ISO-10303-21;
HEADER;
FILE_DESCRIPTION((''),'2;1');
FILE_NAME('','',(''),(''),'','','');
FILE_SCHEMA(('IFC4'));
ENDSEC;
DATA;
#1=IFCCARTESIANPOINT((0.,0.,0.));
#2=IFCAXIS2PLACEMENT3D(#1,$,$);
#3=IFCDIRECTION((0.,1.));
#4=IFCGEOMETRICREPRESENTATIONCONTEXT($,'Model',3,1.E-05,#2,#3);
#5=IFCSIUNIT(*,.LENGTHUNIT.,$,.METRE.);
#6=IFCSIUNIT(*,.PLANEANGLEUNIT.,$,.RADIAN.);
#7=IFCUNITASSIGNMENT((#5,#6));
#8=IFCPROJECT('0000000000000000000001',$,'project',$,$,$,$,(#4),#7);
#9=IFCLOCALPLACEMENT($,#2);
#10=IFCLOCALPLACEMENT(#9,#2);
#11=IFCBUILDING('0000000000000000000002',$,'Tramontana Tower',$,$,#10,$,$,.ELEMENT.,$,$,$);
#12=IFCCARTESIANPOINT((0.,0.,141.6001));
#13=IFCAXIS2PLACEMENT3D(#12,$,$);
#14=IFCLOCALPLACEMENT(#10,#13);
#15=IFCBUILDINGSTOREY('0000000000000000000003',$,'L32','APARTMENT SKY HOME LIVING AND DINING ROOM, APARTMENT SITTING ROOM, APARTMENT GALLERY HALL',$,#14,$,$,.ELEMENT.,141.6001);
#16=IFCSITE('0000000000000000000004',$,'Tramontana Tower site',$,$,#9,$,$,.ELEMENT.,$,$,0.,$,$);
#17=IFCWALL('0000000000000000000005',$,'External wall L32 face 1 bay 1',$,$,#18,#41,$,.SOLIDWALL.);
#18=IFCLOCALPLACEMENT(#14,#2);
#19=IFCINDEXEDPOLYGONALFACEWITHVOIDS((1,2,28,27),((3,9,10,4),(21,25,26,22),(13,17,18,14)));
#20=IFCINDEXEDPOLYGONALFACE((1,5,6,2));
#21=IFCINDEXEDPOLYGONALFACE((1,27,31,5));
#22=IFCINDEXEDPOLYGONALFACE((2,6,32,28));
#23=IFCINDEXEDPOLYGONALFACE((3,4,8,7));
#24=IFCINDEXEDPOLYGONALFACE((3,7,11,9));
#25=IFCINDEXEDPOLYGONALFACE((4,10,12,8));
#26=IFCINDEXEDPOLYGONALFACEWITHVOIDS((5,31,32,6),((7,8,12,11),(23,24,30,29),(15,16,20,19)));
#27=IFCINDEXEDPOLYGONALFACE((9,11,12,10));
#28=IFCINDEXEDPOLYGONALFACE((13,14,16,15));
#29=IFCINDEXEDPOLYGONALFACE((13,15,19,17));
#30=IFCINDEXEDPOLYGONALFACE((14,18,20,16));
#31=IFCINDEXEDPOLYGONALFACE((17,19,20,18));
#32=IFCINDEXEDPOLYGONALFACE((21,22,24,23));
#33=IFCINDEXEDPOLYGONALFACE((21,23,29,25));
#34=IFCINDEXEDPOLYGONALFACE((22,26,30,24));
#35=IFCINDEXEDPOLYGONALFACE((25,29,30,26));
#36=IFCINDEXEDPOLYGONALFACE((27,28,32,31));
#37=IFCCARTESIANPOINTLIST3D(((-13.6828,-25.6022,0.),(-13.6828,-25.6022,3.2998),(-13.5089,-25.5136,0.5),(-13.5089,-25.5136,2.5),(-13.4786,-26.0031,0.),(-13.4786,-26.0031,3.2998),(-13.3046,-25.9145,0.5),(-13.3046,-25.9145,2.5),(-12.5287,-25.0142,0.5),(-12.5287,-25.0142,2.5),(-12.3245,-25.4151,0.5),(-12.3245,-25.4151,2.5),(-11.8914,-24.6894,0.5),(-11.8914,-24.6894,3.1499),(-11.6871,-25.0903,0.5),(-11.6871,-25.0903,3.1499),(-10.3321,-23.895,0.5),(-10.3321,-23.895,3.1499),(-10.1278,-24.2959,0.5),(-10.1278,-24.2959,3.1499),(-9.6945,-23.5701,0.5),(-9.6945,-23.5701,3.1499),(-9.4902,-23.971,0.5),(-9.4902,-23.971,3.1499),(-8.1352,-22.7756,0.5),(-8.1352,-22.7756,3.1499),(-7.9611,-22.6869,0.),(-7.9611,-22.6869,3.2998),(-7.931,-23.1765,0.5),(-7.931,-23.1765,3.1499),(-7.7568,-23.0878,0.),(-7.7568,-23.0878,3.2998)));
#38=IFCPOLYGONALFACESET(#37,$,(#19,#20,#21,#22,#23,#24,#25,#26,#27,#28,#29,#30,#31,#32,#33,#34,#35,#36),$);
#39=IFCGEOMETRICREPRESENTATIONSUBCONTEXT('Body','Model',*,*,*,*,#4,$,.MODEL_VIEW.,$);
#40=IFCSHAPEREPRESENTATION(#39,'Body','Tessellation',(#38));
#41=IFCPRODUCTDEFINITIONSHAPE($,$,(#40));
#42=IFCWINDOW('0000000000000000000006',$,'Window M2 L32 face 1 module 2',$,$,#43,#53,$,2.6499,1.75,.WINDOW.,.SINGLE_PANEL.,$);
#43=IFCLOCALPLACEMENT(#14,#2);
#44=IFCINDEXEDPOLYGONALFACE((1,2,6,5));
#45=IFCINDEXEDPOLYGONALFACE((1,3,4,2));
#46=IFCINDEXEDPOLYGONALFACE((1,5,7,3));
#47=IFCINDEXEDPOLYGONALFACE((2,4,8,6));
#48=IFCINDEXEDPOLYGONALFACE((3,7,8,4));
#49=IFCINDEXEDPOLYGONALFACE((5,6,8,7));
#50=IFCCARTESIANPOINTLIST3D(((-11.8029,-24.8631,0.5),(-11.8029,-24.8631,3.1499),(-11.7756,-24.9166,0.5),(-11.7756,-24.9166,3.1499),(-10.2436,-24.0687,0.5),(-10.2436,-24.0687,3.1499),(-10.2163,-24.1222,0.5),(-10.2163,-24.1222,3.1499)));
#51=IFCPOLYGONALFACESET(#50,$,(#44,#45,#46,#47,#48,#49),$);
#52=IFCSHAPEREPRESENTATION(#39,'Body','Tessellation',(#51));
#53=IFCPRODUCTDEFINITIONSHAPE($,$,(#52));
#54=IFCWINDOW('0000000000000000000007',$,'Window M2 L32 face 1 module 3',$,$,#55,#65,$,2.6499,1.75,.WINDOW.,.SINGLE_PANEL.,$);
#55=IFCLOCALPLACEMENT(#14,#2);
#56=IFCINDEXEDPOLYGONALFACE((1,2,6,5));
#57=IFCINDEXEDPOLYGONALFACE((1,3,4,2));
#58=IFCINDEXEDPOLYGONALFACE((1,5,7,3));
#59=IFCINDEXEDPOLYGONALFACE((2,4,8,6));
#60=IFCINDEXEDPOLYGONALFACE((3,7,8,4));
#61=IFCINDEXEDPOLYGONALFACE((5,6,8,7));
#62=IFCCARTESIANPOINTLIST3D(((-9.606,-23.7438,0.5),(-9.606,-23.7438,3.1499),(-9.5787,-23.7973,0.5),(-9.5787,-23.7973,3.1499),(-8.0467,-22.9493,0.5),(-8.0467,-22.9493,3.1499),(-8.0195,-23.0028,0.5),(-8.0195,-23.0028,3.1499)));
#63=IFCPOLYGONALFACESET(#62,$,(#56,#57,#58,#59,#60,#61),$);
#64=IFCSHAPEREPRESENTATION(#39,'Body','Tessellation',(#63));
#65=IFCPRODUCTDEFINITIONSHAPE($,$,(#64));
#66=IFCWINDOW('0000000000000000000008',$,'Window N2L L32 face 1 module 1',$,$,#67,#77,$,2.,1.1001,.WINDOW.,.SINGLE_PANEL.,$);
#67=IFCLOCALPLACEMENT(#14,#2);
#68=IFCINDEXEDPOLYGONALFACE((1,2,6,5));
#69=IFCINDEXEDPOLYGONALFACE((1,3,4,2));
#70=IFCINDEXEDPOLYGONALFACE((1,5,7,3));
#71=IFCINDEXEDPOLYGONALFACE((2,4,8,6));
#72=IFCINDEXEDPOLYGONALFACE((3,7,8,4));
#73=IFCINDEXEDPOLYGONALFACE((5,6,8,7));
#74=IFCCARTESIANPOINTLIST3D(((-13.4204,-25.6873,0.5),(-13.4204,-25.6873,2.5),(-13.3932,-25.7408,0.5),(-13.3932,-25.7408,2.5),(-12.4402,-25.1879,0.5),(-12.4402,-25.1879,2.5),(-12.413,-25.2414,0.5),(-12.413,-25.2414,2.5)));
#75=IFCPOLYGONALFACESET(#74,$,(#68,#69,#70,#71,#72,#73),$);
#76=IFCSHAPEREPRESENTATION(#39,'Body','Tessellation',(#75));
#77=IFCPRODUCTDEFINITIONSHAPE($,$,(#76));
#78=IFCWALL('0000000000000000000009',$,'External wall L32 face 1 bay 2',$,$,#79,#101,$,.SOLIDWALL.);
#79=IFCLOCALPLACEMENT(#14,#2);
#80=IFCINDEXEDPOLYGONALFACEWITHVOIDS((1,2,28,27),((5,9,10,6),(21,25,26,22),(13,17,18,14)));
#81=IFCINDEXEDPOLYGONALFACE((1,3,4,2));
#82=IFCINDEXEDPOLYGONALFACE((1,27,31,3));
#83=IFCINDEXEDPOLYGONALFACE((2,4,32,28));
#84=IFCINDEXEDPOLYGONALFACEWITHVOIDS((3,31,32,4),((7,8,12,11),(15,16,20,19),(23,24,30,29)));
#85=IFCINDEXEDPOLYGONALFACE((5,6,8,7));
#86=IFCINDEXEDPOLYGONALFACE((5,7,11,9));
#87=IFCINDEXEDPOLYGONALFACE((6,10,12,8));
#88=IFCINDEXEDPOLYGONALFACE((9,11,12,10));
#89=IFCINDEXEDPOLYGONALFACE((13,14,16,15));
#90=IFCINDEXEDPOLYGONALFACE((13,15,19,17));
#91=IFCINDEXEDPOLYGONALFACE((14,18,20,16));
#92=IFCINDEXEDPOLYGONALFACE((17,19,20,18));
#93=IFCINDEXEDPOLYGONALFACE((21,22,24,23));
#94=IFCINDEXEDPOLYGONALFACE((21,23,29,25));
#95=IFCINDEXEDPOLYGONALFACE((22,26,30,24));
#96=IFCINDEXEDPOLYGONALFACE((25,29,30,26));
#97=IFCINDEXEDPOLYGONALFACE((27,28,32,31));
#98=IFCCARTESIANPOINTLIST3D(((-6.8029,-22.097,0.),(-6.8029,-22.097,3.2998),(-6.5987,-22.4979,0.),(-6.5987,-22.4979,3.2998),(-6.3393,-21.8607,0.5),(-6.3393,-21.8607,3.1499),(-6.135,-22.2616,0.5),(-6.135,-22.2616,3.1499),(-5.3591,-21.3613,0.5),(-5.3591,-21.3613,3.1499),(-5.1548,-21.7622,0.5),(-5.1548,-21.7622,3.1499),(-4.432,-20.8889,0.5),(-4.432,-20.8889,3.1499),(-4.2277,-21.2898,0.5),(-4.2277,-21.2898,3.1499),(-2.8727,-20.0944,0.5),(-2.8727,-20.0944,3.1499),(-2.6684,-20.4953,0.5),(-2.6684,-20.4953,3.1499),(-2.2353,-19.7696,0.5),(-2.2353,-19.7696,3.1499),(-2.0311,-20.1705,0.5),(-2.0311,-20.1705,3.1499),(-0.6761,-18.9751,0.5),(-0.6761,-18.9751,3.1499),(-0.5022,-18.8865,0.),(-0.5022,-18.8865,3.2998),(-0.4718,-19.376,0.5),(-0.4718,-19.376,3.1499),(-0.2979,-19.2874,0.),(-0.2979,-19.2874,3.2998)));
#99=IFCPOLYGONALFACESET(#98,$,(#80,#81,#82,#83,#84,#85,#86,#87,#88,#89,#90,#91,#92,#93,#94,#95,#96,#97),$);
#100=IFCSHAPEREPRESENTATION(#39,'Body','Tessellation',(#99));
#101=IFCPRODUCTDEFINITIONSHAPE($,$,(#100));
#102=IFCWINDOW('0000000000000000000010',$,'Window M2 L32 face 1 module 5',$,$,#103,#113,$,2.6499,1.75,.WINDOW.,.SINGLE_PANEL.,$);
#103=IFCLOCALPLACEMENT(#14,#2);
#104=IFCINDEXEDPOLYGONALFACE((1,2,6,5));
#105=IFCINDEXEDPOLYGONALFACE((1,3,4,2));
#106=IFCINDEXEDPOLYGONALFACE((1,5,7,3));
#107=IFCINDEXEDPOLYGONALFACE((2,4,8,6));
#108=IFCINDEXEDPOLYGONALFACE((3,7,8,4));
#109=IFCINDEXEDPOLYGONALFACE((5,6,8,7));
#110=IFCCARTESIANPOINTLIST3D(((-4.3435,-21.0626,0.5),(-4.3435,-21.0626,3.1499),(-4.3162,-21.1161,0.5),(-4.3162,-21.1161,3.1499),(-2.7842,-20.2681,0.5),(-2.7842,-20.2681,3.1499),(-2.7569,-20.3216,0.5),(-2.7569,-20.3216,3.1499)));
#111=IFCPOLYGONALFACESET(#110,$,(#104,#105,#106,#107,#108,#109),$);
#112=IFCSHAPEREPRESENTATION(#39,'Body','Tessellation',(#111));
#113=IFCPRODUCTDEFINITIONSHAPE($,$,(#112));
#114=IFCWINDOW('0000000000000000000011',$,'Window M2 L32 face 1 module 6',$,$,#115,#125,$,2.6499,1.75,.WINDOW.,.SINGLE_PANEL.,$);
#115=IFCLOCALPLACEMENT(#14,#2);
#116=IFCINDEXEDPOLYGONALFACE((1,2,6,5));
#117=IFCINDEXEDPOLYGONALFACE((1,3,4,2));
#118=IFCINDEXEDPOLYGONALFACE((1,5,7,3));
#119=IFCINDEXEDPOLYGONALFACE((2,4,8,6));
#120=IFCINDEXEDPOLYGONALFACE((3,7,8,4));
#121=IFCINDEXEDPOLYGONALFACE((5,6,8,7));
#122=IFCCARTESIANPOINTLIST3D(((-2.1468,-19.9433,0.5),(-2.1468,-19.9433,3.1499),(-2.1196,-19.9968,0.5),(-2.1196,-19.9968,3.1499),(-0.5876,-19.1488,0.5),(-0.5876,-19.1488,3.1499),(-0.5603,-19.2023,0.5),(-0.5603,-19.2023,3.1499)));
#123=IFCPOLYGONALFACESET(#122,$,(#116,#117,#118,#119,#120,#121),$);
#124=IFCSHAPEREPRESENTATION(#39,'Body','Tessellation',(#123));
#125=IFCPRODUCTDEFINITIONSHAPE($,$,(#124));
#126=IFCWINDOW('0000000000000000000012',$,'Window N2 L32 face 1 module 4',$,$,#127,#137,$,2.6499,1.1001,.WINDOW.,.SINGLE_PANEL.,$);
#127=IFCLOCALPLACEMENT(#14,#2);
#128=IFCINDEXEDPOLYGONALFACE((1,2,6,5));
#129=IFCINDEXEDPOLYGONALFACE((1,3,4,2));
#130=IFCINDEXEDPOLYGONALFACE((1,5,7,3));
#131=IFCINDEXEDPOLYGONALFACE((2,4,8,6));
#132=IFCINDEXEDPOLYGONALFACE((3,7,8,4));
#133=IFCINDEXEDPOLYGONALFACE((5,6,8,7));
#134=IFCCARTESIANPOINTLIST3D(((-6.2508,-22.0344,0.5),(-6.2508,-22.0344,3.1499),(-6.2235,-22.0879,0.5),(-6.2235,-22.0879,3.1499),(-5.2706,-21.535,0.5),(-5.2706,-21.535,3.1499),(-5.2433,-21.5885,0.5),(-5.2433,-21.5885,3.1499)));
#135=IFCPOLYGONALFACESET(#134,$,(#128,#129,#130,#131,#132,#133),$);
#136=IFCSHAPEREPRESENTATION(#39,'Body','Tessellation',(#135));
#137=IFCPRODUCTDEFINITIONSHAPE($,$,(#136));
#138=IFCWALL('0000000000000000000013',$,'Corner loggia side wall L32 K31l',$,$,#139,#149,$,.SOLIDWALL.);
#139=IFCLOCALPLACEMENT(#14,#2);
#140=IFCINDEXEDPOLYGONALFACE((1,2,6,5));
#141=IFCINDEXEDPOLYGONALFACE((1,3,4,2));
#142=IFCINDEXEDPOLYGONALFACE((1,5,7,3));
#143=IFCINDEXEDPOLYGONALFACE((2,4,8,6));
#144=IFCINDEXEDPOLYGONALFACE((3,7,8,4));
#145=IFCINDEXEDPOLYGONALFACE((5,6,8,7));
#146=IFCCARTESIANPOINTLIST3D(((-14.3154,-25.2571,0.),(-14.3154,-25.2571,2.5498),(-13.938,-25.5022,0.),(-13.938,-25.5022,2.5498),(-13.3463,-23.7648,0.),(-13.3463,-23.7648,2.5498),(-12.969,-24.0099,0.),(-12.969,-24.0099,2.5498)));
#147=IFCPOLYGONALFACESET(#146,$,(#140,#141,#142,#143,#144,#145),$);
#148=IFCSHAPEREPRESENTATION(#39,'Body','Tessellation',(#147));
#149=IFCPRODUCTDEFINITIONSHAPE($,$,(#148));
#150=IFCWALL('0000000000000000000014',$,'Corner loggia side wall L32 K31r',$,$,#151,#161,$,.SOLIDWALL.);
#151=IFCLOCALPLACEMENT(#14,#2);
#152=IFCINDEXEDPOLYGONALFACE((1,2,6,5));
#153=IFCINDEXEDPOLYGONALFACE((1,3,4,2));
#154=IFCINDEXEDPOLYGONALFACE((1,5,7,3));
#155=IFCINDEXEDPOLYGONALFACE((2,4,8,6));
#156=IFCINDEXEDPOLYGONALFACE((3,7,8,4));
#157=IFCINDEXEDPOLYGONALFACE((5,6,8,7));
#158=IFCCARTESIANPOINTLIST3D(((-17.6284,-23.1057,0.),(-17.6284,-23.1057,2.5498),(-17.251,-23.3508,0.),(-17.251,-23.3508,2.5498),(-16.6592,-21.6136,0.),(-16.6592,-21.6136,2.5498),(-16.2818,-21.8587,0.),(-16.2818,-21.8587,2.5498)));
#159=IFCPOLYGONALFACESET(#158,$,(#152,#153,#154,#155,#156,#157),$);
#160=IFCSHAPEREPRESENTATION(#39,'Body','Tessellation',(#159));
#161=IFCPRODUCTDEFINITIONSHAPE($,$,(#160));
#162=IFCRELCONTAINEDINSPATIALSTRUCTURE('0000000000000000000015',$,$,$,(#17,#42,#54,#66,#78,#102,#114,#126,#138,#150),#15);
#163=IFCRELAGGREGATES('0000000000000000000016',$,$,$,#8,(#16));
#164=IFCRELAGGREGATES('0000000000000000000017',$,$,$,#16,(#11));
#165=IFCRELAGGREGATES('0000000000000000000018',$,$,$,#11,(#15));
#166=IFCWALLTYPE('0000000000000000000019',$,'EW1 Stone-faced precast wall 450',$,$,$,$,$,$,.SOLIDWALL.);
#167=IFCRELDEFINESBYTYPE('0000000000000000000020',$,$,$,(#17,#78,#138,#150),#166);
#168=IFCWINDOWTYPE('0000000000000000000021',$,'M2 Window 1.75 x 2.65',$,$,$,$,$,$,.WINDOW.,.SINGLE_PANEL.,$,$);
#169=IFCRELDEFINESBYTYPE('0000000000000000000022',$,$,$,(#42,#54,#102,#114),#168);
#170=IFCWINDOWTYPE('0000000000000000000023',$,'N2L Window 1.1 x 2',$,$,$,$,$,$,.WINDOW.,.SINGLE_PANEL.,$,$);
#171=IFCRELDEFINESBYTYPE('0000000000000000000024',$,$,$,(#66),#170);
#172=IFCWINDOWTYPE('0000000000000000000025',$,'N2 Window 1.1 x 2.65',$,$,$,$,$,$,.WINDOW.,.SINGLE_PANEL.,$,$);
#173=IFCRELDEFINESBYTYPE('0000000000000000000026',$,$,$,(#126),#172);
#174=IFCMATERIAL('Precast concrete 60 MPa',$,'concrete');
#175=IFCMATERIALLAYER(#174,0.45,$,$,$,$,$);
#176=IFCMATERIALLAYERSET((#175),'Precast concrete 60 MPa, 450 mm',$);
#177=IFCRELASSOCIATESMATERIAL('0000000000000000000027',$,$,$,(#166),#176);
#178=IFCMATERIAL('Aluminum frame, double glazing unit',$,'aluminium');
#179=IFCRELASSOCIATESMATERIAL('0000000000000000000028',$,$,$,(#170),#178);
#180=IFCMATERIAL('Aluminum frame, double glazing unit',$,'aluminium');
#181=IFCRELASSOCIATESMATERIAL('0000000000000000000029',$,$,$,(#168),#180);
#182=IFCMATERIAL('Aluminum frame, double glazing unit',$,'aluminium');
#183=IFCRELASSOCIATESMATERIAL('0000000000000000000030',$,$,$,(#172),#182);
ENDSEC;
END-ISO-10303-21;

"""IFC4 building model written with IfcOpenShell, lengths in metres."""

from ifc_helpers import new_model, si_unit, direction, frame, frame_2d, origin, place, context, subcontext, project, spatial, rectangle, extrude, material, layer, layer_set, type_object, element, fill, save


model = new_model("IFC4")

# Units and contexts
model_context = context("Model", 3, precision=1e-05, world=origin(), true_north=direction((0.0, 1.0)))
body_context = subcontext(model_context, "Body", "Model", "MODEL_VIEW")
ifc_project = project(units=[si_unit("LENGTHUNIT", "METRE"), si_unit("PLANEANGLEUNIT", "RADIAN")], contexts=[model_context])

# Site, building, storey
site_placement = place(None, origin())
site = spatial("IfcSite", under=ifc_project, at=site_placement, Name="Tramontana Tower site", CompositionType="ELEMENT", RefElevation=0.0)
building_placement = place(site_placement, origin())
building = spatial("IfcBuilding", under=site, at=building_placement, Name="Tramontana Tower", CompositionType="ELEMENT")
storey_placement = place(building_placement, frame((0.0, 0.0, 141.6001)))
storey = spatial("IfcBuildingStorey", under=building, at=storey_placement, Name="L32", Description="APARTMENT SKY HOME LIVING AND DINING ROOM, APARTMENT SITTING ROOM, APARTMENT GALLERY HALL", CompositionType="ELEMENT", Elevation=141.6001)

# Shared definitions
ifc_material_1 = material(Name="Precast concrete 60 MPa", Category="concrete")
ifc_layer_1 = layer(ifc_material_1, 0.45)
ifc_layer_set_1 = layer_set([ifc_layer_1], Name="Precast concrete 60 MPa, 450 mm")
wall_type_1 = type_object("IfcWallType", Name="EW1 Stone-faced precast wall 450", PredefinedType="SOLIDWALL", material=ifc_layer_set_1)
ifc_material_2 = material(Name="Aluminum frame, double glazing unit", Category="aluminium")
window_type_1 = type_object("IfcWindowType", Name="N2L Window 1.1 x 2", PartitioningType="SINGLE_PANEL", PredefinedType="WINDOW", material=ifc_material_2)

# Walls, openings, windows
wall_1_placement = place(storey_placement, frame((-13.5808, -25.8027, 0.0), z_axis=(0.0, 0.0, 1.0), x_axis=(0.89101, 0.453983, 0.0)))
wall_1 = element("IfcWall", 1, at=wall_1_placement, inside=storey, type_object=wall_type_1, Name="External wall L32 face 1 bay 1", PredefinedType="SOLIDWALL", context=body_context, shape_type="SweptSolid", body=[
    extrude(rectangle(XDim=6.4216, YDim=0.45, at=frame_2d((3.2109, 0.0))), origin(), (0.0, 0.0, 1.0), 3.2998),
])
opening_1_placement = place(wall_1_placement, frame((0.1953, 0.0, 0.5)))
opening_1 = element("IfcOpeningElement", 2, at=opening_1_placement, cuts=wall_1, PredefinedType="OPENING", context=body_context, shape_type="SweptSolid", body=[
    extrude(rectangle(XDim=1.1001, YDim=2.0, at=frame_2d((0.55, 1.0))), frame((0.0, 0.2349, 0.0), z_axis=(0.0, -1.0, 0.0), x_axis=(1.0, 0.0, 0.0)), (0.0, 0.0, 1.0), 0.47),
])
opening_2_placement = place(wall_1_placement, frame((2.0107, 0.0, 0.5)))
opening_2 = element("IfcOpeningElement", 3, at=opening_2_placement, cuts=wall_1, PredefinedType="OPENING", context=body_context, shape_type="SweptSolid", body=[
    extrude(rectangle(XDim=1.75, YDim=2.6499, at=frame_2d((0.875, 1.325))), frame((0.0, 0.2349, 0.0), z_axis=(0.0, -1.0, 0.0), x_axis=(1.0, 0.0, 0.0)), (0.0, 0.0, 1.0), 0.47),
])
opening_3_placement = place(wall_1_placement, frame((4.4763, 0.0, 0.5)))
opening_3 = element("IfcOpeningElement", 4, at=opening_3_placement, cuts=wall_1, PredefinedType="OPENING", context=body_context, shape_type="SweptSolid", body=[
    extrude(rectangle(XDim=1.75, YDim=2.6499, at=frame_2d((0.875, 1.325))), frame((0.0, 0.2349, 0.0), z_axis=(0.0, -1.0, 0.0), x_axis=(1.0, 0.0, 0.0)), (0.0, 0.0, 1.0), 0.47),
])
ifc_material_3 = material(Name="Aluminum frame, double glazing unit", Category="aluminium")
window_type_2 = type_object("IfcWindowType", Name="M2 Window 1.75 x 2.65", PartitioningType="SINGLE_PANEL", PredefinedType="WINDOW", material=ifc_material_3)
window_1_placement = place(opening_2_placement, origin())
window_1 = element("IfcWindow", 5, at=window_1_placement, inside=storey, type_object=window_type_2, Name="Window M2 L32 face 1 module 2", OverallHeight=2.6499, OverallWidth=1.75, PartitioningType="SINGLE_PANEL", PredefinedType="WINDOW", context=body_context, shape_type="SweptSolid", body=[
    extrude(rectangle(XDim=1.75, YDim=2.6499, at=frame_2d((0.875, 1.325))), frame((0.0, 0.03, 0.0), z_axis=(0.0, -1.0, 0.0), x_axis=(1.0, 0.0, 0.0)), (0.0, 0.0, 1.0), 0.0601),
])
fill(opening_2, window_1)
window_2_placement = place(opening_3_placement, origin())
window_2 = element("IfcWindow", 6, at=window_2_placement, inside=storey, type_object=window_type_2, Name="Window M2 L32 face 1 module 3", OverallHeight=2.6499, OverallWidth=1.75, PartitioningType="SINGLE_PANEL", PredefinedType="WINDOW", context=body_context, shape_type="SweptSolid", body=[
    extrude(rectangle(XDim=1.75, YDim=2.6499, at=frame_2d((0.875, 1.325))), frame((0.0, 0.03, 0.0), z_axis=(0.0, -1.0, 0.0), x_axis=(1.0, 0.0, 0.0)), (0.0, 0.0, 1.0), 0.0601),
])
fill(opening_3, window_2)
window_3_placement = place(opening_1_placement, origin())
window_3 = element("IfcWindow", 7, at=window_3_placement, inside=storey, type_object=window_type_1, Name="Window N2L L32 face 1 module 1", OverallHeight=2.0, OverallWidth=1.1001, PartitioningType="SINGLE_PANEL", PredefinedType="WINDOW", context=body_context, shape_type="SweptSolid", body=[
    extrude(rectangle(XDim=1.1001, YDim=2.0, at=frame_2d((0.55, 1.0))), frame((0.0, 0.03, 0.0), z_axis=(0.0, -1.0, 0.0), x_axis=(1.0, 0.0, 0.0)), (0.0, 0.0, 1.0), 0.0601),
])
fill(opening_1, window_3)
wall_2_placement = place(storey_placement, frame((-6.7007, -22.2974, 0.0), z_axis=(0.0, 0.0, 1.0), x_axis=(0.891004, 0.453995, 0.0)))
wall_2 = element("IfcWall", 8, at=wall_2_placement, inside=storey, type_object=wall_type_1, Name="External wall L32 face 1 bay 2", PredefinedType="SOLIDWALL", context=body_context, shape_type="SweptSolid", body=[
    extrude(rectangle(XDim=7.0715, YDim=0.45, at=frame_2d((3.5356, 0.0))), origin(), (0.0, 0.0, 1.0), 3.2998),
])
opening_4_placement = place(wall_2_placement, frame((0.5203, 0.0, 0.5)))
opening_4 = element("IfcOpeningElement", 9, at=opening_4_placement, cuts=wall_2, PredefinedType="OPENING", context=body_context, shape_type="SweptSolid", body=[
    extrude(rectangle(XDim=1.1001, YDim=2.6499, at=frame_2d((0.55, 1.325))), frame((0.0, 0.2349, 0.0), z_axis=(0.0, -1.0, 0.0), x_axis=(1.0, 0.0, 0.0)), (0.0, 0.0, 1.0), 0.47),
])
opening_5_placement = place(wall_2_placement, frame((2.6609, 0.0, 0.5)))
opening_5 = element("IfcOpeningElement", 10, at=opening_5_placement, cuts=wall_2, PredefinedType="OPENING", context=body_context, shape_type="SweptSolid", body=[
    extrude(rectangle(XDim=1.75, YDim=2.6499, at=frame_2d((0.875, 1.325))), frame((0.0, 0.2349, 0.0), z_axis=(0.0, -1.0, 0.0), x_axis=(1.0, 0.0, 0.0)), (0.0, 0.0, 1.0), 0.47),
])
opening_6_placement = place(wall_2_placement, frame((5.1262, 0.0, 0.5)))
opening_6 = element("IfcOpeningElement", 11, at=opening_6_placement, cuts=wall_2, PredefinedType="OPENING", context=body_context, shape_type="SweptSolid", body=[
    extrude(rectangle(XDim=1.75, YDim=2.6499, at=frame_2d((0.875, 1.325))), frame((0.0, 0.2349, 0.0), z_axis=(0.0, -1.0, 0.0), x_axis=(1.0, 0.0, 0.0)), (0.0, 0.0, 1.0), 0.47),
])
window_4_placement = place(opening_5_placement, origin())
window_4 = element("IfcWindow", 12, at=window_4_placement, inside=storey, type_object=window_type_2, Name="Window M2 L32 face 1 module 5", OverallHeight=2.6499, OverallWidth=1.75, PartitioningType="SINGLE_PANEL", PredefinedType="WINDOW", context=body_context, shape_type="SweptSolid", body=[
    extrude(rectangle(XDim=1.75, YDim=2.6499, at=frame_2d((0.875, 1.325))), frame((0.0, 0.03, 0.0), z_axis=(0.0, -1.0, 0.0), x_axis=(1.0, 0.0, 0.0)), (0.0, 0.0, 1.0), 0.0601),
])
fill(opening_5, window_4)
window_5_placement = place(opening_6_placement, origin())
window_5 = element("IfcWindow", 13, at=window_5_placement, inside=storey, type_object=window_type_2, Name="Window M2 L32 face 1 module 6", OverallHeight=2.6499, OverallWidth=1.75, PartitioningType="SINGLE_PANEL", PredefinedType="WINDOW", context=body_context, shape_type="SweptSolid", body=[
    extrude(rectangle(XDim=1.75, YDim=2.6499, at=frame_2d((0.875, 1.325))), frame((0.0, 0.03, 0.0), z_axis=(0.0, -1.0, 0.0), x_axis=(1.0, 0.0, 0.0)), (0.0, 0.0, 1.0), 0.0601),
])
fill(opening_6, window_5)
ifc_material_4 = material(Name="Aluminum frame, double glazing unit", Category="aluminium")
window_type_3 = type_object("IfcWindowType", Name="N2 Window 1.1 x 2.65", PartitioningType="SINGLE_PANEL", PredefinedType="WINDOW", material=ifc_material_4)
window_6_placement = place(opening_4_placement, origin())
window_6 = element("IfcWindow", 14, at=window_6_placement, inside=storey, type_object=window_type_3, Name="Window N2 L32 face 1 module 4", OverallHeight=2.6499, OverallWidth=1.1001, PartitioningType="SINGLE_PANEL", PredefinedType="WINDOW", context=body_context, shape_type="SweptSolid", body=[
    extrude(rectangle(XDim=1.1001, YDim=2.6499, at=frame_2d((0.55, 1.325))), frame((0.0, 0.03, 0.0), z_axis=(0.0, -1.0, 0.0), x_axis=(1.0, 0.0, 0.0)), (0.0, 0.0, 1.0), 0.0601),
])
fill(opening_4, window_6)

# Walls
for number, where, z_axis, x_axis, name in (
    (15, (-14.1267, -25.3796, 0.0), (0.0, 0.0, 1.0), (0.544622, 0.838682, 0.0), "Corner loggia side wall L32 K31l"),
    (16, (-17.4397, -23.2283, 0.0), (0.0, 0.0, 1.0), (0.544718, 0.838619, 0.0), "Corner loggia side wall L32 K31r"),
):
    element("IfcWall", number, at=place(storey_placement, frame(where, z_axis=z_axis, x_axis=x_axis)), inside=storey, type_object=wall_type_1, Name=name, PredefinedType="SOLIDWALL", context=body_context, shape_type="SweptSolid", body=[
        extrude(rectangle(XDim=1.7793, YDim=0.45, at=frame_2d((0.8896, 0.0))), origin(), (0.0, 0.0, 1.0), 2.5498),
    ])

save(model, "model.ifc")
